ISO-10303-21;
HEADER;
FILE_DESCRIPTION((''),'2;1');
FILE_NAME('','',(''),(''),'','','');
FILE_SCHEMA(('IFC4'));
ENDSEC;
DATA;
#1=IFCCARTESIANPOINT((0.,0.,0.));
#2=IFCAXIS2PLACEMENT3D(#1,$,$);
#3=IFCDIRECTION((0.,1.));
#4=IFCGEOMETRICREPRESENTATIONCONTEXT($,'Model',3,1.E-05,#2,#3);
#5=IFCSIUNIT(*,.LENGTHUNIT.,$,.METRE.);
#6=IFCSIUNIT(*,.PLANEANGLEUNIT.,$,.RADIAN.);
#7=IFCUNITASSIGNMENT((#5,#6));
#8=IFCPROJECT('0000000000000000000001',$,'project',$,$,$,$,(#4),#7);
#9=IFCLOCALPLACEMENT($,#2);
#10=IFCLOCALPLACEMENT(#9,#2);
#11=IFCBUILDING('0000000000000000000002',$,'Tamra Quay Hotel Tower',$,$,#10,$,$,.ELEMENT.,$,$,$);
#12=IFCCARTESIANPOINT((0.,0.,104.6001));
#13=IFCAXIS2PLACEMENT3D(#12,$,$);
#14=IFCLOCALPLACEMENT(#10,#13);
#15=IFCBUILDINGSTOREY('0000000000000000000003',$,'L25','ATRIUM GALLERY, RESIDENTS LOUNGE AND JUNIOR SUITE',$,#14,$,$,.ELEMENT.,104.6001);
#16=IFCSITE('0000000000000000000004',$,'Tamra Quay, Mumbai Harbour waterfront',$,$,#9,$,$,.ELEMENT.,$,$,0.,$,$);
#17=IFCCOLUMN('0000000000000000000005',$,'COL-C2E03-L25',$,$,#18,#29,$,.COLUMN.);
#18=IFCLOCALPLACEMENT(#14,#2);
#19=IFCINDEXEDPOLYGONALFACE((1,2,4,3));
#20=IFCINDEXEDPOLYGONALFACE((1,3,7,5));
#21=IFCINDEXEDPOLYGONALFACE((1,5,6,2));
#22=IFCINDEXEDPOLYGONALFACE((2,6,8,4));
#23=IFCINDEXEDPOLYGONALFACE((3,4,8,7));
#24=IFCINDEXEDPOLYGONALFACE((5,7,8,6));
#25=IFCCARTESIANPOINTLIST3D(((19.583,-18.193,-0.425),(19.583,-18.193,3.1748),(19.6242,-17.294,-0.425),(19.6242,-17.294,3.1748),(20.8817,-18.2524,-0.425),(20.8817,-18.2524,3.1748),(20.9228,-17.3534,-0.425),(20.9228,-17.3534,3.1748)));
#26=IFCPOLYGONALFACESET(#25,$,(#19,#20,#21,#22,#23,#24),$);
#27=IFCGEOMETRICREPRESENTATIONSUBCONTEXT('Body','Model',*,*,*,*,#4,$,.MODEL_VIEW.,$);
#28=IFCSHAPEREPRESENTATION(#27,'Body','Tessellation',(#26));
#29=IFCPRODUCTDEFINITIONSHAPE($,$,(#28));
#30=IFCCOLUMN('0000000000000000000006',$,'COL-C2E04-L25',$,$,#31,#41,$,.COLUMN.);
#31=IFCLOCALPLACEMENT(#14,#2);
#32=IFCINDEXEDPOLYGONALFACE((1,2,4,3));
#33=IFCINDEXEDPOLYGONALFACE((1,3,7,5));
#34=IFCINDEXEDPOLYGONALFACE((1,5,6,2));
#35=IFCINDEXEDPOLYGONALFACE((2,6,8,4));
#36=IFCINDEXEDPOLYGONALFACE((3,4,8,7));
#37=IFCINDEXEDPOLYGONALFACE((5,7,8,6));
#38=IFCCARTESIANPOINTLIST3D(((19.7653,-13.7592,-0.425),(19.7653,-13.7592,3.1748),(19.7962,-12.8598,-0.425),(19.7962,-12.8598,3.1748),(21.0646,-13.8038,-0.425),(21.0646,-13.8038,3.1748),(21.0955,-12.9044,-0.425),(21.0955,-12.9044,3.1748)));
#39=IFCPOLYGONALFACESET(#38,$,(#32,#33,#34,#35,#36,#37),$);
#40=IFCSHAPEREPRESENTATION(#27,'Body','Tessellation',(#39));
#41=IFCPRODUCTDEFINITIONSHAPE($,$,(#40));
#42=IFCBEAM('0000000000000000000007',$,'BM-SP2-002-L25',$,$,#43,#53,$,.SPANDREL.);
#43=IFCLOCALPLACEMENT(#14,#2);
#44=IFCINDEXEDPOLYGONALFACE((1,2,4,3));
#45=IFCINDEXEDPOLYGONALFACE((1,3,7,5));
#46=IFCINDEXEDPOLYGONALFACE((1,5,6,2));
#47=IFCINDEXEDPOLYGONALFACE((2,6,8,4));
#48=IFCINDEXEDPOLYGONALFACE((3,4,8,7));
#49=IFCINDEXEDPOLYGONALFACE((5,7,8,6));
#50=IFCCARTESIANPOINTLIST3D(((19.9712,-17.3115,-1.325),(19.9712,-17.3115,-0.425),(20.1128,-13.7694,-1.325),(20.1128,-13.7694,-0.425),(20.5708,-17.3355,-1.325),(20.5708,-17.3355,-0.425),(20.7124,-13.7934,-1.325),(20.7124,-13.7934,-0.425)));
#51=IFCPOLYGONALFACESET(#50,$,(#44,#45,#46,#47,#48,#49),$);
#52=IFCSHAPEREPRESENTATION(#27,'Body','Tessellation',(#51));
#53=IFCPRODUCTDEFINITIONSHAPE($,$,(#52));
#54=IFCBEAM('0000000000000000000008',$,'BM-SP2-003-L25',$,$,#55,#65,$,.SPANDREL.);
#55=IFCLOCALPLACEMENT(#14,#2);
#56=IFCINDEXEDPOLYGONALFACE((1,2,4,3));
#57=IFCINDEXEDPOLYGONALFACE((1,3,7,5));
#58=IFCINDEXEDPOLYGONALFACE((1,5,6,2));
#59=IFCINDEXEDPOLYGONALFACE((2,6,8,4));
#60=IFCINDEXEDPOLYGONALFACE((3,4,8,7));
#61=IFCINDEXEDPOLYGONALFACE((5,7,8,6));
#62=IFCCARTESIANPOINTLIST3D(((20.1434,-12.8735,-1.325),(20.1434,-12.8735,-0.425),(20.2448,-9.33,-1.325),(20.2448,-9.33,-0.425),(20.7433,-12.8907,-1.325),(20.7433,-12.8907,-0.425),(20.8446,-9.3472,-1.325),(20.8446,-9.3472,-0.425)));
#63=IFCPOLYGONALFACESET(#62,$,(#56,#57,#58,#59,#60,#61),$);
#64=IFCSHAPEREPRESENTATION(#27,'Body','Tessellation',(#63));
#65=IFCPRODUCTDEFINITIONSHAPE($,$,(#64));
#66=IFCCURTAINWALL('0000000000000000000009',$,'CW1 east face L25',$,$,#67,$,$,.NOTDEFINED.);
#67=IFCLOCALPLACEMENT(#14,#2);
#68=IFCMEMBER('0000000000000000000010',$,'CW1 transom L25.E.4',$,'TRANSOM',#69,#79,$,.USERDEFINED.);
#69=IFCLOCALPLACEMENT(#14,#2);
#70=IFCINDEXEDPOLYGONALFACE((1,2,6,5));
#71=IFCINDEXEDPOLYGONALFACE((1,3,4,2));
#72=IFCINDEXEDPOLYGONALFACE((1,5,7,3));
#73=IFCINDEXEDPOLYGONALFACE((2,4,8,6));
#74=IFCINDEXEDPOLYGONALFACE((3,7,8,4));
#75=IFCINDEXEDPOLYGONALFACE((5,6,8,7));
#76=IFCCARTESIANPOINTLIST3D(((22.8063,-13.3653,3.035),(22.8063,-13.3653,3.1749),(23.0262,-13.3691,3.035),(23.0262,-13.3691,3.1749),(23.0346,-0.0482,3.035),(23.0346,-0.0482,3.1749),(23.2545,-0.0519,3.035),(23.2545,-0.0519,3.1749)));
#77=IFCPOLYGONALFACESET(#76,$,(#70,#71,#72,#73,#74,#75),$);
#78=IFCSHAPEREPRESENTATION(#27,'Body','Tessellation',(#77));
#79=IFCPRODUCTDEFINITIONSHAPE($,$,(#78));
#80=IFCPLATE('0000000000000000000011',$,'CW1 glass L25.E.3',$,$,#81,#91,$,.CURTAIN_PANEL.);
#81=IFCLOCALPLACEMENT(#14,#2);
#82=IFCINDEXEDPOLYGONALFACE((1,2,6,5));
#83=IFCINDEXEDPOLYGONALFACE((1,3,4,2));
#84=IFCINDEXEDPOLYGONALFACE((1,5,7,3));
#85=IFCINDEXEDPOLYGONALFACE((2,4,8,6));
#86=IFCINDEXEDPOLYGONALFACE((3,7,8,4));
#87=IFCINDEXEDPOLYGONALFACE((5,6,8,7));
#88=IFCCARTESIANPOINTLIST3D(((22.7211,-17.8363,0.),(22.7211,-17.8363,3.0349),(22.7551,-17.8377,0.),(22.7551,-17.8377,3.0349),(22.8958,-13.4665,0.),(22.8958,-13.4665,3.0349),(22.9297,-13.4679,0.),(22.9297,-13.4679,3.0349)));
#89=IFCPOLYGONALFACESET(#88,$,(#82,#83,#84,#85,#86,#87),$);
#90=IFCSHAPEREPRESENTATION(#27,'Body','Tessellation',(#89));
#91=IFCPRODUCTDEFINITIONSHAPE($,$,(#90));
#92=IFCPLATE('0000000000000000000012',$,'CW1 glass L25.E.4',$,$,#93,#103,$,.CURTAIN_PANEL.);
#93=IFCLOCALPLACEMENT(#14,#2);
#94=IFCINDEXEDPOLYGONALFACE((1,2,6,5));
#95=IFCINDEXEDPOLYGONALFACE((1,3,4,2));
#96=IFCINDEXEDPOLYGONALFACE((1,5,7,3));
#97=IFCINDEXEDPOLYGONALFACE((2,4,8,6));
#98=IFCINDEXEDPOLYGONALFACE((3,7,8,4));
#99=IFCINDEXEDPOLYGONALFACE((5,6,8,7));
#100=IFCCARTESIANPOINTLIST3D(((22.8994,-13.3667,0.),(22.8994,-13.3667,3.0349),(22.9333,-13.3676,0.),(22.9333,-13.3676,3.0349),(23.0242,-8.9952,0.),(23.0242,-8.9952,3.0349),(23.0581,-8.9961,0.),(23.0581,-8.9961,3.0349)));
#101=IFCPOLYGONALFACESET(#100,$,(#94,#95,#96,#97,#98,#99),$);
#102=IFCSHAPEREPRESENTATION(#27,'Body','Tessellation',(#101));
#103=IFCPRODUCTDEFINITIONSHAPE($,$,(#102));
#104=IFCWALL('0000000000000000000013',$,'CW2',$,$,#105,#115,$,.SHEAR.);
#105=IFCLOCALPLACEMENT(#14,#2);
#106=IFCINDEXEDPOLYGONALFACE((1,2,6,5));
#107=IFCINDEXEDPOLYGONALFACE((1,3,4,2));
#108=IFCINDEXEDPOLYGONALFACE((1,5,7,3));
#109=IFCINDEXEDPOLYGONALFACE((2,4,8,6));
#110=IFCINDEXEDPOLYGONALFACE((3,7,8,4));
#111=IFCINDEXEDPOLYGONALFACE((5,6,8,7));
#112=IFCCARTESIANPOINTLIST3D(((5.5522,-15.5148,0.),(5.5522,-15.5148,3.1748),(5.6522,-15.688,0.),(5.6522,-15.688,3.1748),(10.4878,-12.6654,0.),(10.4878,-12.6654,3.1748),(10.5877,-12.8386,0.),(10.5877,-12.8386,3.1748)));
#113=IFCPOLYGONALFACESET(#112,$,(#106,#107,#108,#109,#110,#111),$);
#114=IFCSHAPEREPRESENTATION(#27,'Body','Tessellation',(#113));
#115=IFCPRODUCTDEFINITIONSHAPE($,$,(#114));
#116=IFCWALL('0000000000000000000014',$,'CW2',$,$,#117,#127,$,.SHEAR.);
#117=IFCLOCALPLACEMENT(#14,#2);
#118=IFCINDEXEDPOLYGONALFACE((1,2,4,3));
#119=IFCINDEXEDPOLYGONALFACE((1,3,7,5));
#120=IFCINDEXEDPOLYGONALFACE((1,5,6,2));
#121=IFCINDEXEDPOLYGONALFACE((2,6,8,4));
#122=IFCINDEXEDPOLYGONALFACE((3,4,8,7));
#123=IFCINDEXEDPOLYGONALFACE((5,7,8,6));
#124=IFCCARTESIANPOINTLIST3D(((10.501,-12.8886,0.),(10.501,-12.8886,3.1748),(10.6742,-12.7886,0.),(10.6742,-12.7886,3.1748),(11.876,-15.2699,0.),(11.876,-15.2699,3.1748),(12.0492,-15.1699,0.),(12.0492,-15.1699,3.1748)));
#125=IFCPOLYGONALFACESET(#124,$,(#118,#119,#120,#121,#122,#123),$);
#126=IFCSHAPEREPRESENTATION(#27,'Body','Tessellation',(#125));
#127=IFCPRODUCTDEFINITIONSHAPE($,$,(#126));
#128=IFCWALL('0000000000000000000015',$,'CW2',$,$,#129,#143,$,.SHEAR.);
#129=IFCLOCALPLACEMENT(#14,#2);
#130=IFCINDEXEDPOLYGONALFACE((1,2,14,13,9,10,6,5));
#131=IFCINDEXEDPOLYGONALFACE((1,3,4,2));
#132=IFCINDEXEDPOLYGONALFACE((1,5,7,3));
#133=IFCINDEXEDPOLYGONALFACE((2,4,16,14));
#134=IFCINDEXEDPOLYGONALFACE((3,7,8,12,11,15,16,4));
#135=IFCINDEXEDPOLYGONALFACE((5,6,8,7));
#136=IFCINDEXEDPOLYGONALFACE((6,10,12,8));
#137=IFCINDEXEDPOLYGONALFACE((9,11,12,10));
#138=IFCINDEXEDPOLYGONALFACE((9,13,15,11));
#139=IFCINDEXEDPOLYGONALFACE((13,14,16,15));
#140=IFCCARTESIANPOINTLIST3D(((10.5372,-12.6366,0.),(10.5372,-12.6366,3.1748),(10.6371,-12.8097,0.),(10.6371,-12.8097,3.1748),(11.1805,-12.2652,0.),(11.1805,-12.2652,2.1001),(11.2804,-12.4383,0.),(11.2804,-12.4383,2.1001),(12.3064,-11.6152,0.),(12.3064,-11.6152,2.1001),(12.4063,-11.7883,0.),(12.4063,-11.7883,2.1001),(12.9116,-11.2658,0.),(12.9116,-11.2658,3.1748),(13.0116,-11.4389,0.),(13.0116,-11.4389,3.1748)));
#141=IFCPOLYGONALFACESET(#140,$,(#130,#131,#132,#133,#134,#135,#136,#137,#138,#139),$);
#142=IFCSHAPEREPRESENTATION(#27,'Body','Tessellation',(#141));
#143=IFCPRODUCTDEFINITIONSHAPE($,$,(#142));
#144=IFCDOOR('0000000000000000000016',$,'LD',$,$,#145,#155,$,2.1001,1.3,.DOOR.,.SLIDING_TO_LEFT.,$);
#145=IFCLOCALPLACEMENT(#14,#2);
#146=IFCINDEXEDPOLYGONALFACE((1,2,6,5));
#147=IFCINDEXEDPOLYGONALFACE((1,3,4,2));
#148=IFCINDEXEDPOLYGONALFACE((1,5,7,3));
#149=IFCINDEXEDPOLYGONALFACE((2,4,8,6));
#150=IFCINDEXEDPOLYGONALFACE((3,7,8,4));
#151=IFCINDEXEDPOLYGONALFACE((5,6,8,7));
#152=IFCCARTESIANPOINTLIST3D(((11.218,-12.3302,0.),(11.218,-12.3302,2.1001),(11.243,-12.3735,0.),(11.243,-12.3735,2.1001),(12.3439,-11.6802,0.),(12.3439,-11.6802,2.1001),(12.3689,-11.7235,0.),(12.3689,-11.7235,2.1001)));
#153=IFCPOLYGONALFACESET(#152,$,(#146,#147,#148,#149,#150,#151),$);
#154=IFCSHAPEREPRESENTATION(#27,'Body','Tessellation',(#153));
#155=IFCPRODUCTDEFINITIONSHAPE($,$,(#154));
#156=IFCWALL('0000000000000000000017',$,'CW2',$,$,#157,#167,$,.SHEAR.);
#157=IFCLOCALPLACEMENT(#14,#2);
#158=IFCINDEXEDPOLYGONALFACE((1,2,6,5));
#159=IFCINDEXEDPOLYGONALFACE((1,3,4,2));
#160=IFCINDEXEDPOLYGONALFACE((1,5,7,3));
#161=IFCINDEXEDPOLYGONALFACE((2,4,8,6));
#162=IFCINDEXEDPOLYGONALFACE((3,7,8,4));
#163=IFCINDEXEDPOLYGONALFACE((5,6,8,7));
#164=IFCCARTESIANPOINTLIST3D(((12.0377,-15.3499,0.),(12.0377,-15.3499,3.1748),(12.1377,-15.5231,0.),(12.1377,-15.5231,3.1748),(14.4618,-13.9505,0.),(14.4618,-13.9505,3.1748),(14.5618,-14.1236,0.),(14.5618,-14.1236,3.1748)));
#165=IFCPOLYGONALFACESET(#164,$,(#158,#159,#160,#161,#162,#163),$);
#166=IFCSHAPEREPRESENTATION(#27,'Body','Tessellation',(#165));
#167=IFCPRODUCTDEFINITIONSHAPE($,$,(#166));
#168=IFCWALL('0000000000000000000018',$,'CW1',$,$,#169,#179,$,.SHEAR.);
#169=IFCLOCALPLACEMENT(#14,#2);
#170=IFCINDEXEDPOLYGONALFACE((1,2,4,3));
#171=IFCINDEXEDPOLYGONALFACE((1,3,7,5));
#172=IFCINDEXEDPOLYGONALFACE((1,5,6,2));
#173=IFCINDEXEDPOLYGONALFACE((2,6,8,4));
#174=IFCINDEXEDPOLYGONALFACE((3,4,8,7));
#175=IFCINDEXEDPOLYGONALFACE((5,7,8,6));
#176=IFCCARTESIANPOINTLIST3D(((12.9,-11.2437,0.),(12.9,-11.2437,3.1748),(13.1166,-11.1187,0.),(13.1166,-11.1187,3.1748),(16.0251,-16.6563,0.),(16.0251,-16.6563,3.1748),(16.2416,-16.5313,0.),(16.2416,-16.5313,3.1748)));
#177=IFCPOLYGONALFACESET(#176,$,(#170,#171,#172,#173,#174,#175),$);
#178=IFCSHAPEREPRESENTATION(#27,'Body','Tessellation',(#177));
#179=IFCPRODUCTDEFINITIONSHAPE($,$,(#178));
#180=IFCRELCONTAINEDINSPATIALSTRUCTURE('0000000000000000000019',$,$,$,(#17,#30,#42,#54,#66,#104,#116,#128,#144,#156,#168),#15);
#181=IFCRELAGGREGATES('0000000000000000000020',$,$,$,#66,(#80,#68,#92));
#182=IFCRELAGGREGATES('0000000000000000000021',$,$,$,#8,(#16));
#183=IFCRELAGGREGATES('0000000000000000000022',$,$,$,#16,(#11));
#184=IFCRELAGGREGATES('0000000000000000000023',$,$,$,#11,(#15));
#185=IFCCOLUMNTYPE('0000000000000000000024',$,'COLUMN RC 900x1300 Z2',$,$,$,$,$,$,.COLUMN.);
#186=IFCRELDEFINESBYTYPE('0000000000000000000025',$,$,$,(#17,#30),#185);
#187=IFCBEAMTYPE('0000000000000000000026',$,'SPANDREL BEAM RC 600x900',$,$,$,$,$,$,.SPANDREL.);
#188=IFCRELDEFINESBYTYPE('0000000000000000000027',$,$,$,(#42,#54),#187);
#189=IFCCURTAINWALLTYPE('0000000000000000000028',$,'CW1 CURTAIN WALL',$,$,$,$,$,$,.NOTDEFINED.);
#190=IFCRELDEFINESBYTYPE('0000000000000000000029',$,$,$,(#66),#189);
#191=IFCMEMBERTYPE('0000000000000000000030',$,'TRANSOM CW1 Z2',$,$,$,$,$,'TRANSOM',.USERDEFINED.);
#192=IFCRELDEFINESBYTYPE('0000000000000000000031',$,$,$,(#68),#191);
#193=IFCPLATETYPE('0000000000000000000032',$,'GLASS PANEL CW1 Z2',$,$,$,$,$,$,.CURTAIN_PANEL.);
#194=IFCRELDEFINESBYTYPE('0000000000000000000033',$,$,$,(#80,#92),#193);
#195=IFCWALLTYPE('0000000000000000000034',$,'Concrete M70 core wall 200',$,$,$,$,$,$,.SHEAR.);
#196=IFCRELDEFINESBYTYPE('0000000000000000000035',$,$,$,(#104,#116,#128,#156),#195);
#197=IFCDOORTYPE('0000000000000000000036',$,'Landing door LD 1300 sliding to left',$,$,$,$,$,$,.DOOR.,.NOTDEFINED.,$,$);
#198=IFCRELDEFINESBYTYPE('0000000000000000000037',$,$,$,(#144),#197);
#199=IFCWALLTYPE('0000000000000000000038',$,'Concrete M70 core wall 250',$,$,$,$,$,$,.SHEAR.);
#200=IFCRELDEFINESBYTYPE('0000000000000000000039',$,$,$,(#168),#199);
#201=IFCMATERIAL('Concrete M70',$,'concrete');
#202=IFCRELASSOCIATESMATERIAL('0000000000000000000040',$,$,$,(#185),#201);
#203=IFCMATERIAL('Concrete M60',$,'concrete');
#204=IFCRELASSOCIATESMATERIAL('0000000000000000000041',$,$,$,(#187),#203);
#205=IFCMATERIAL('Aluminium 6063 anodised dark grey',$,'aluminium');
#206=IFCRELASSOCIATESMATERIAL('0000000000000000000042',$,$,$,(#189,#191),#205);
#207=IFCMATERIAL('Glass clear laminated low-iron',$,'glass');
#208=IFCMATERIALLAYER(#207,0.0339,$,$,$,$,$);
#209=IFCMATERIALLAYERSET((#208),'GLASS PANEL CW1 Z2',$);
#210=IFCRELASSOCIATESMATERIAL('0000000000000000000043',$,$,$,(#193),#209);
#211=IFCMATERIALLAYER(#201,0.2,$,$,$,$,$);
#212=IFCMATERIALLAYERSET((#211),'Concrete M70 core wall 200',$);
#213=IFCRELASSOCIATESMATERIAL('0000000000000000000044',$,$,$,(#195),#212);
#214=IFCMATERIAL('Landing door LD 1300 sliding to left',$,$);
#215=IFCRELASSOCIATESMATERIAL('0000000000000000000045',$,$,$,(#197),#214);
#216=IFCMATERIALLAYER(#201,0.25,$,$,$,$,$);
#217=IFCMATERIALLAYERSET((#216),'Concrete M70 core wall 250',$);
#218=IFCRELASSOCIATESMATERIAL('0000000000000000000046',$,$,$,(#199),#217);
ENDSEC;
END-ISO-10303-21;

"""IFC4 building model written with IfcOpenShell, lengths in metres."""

from ifc_helpers import new_model, si_unit, direction, frame, frame_2d, origin, origin_2d, place, context, subcontext, project, spatial, rectangle, extrude, material, layer, layer_set, material_profile, profile_set, type_object, element, fill, aggregate, save


model = new_model("IFC4")

# Units and contexts
model_context = context("Model", 3, precision=1e-05, world=origin(), true_north=direction((0.0, 1.0)))
body_context = subcontext(model_context, "Body", "Model", "MODEL_VIEW")
ifc_project = project(units=[si_unit("LENGTHUNIT", "METRE"), si_unit("PLANEANGLEUNIT", "RADIAN")], contexts=[model_context])

# Site, building, storey
site_placement = place(None, origin())
site = spatial("IfcSite", under=ifc_project, at=site_placement, Name="Tamra Quay, Mumbai Harbour waterfront", CompositionType="ELEMENT", RefElevation=0.0)
building_placement = place(site_placement, origin())
building = spatial("IfcBuilding", under=site, at=building_placement, Name="Tamra Quay Hotel Tower", CompositionType="ELEMENT")
storey_placement = place(building_placement, frame((0.0, 0.0, 104.6001)))
storey = spatial("IfcBuildingStorey", under=building, at=storey_placement, Name="L25", Description="ATRIUM GALLERY, RESIDENTS LOUNGE AND JUNIOR SUITE", CompositionType="ELEMENT", Elevation=104.6001)

# Columns
ifc_material_1 = material(Name="Concrete M70", Category="concrete")
ifc_material_profile_1 = material_profile(ifc_material_1, rectangle(XDim=1.3, YDim=0.8999, at=origin_2d()), Name="COLUMN RC 900x1300 Z2")
ifc_profile_set_1 = profile_set([ifc_material_profile_1], Name="Concrete M70")
column_type = type_object("IfcColumnType", Name="COLUMN RC 900x1300 Z2", PredefinedType="COLUMN", material=ifc_profile_set_1)
for number, where, z_axis, x_axis, name in (
    (1, (20.2529, -17.7732, -0.425), (0.0, 0.0, 1.0), (-0.998955, 0.045712, 0.0), "COL-C2E03-L25"),
    (2, (20.4304, -13.3318, -0.425), (0.0, 0.0, 1.0), (-0.999412, 0.034299, 0.0), "COL-C2E04-L25"),
):
    element("IfcColumn", number, at=place(storey_placement, frame(where, z_axis=z_axis, x_axis=x_axis)), inside=storey, type_object=column_type, Name=name, PredefinedType="COLUMN", context=body_context, shape_type="SweptSolid", body=[
        extrude(rectangle(XDim=1.3, YDim=0.8999, at=origin_2d()), origin(), (0.0, 0.0, 1.0), 3.5999),
    ])

# Beams
ifc_material_2 = material(Name="Concrete M60", Category="concrete")
ifc_material_profile_2 = material_profile(ifc_material_2, rectangle(XDim=0.6001, YDim=0.8999, at=origin_2d()), Name="SPANDREL BEAM RC 600x900")
ifc_profile_set_2 = profile_set([ifc_material_profile_2], Name="Concrete M60")
beam_type = type_object("IfcBeamType", Name="SPANDREL BEAM RC 600x900", PredefinedType="SPANDREL", material=ifc_profile_set_2)
for number, where, z_axis, x_axis, name in (
    (3, (20.271, -17.3235, -0.875), (0.039946, 0.999202, 0.0), (-0.999202, 0.039946, 0.0), "BM-SP2-002-L25"),
    (4, (20.4434, -12.8821, -0.875), (0.028581, 0.999591, 0.0), (-0.999591, 0.028581, 0.0), "BM-SP2-003-L25"),
):
    element("IfcBeam", number, at=place(storey_placement, frame(where, z_axis=z_axis, x_axis=x_axis)), inside=storey, type_object=beam_type, Name=name, PredefinedType="SPANDREL", context=body_context, shape_type="SweptSolid", body=[
        extrude(rectangle(XDim=0.6001, YDim=0.8999, at=origin_2d()), origin(), (0.0, 0.0, 1.0), 3.5449),
    ])

# Curtain wall, member, plates
ifc_material_3 = material(Name="Aluminium 6063 anodised dark grey", Category="aluminium")
curtain_wall_type = type_object("IfcCurtainWallType", Name="CW1 CURTAIN WALL", PredefinedType="NOTDEFINED", material=ifc_material_3)
curtain_wall_placement = place(storey_placement, origin())
curtain_wall = element("IfcCurtainWall", 5, at=curtain_wall_placement, inside=storey, type_object=curtain_wall_type, Name="CW1 east face L25", PredefinedType="NOTDEFINED")
ifc_material_profile_3 = material_profile(ifc_material_3, rectangle(XDim=0.22, YDim=0.1399, at=origin_2d()), Name="TRANSOM 220X140")
ifc_profile_set_3 = profile_set([ifc_material_profile_3], Name="Aluminium 6063 anodised dark grey")
member_type = type_object("IfcMemberType", Name="TRANSOM CW1 Z2", ElementType="TRANSOM", PredefinedType="USERDEFINED", material=ifc_profile_set_3)
member_placement = place(storey_placement, frame((22.9163, -13.3672, 3.105), z_axis=(0.017139, 0.999853, 0.0), x_axis=(-0.999853, 0.017139, 0.0)))
member = element("IfcMember", 6, at=member_placement, type_object=member_type, Name="CW1 transom L25.E.4", ObjectType="TRANSOM", PredefinedType="USERDEFINED", context=body_context, shape_type="SweptSolid", body=[
    extrude(rectangle(XDim=0.22, YDim=0.1399, at=origin_2d()), origin(), (0.0, 0.0, 1.0), 13.3191),
])
ifc_material_4 = material(Name="Glass clear laminated low-iron", Category="glass")
ifc_layer_1 = layer(ifc_material_4, 0.0339)
ifc_layer_set_1 = layer_set([ifc_layer_1], Name="GLASS PANEL CW1 Z2")
plate_type = type_object("IfcPlateType", Name="GLASS PANEL CW1 Z2", PredefinedType="CURTAIN_PANEL", material=ifc_layer_set_1)
plate_1_placement = place(storey_placement, frame((22.8254, -15.6521, 0.0), z_axis=(0.0, 0.0, 1.0), x_axis=(0.039944, 0.999202, 0.0)))
plate_1 = element("IfcPlate", 7, at=plate_1_placement, type_object=plate_type, Name="CW1 glass L25.E.3", PredefinedType="CURTAIN_PANEL", context=body_context, shape_type="SweptSolid", body=[
    extrude(rectangle(XDim=4.3733, YDim=0.0339, at=origin_2d()), origin(), (0.0, 0.0, 1.0), 3.0349),
])
plate_2_placement = place(storey_placement, frame((22.9788, -11.1814, 0.0), z_axis=(0.0, 0.0, 1.0), x_axis=(0.028546, 0.999592, 0.0)))
plate_2 = element("IfcPlate", 8, at=plate_2_placement, type_object=plate_type, Name="CW1 glass L25.E.4", PredefinedType="CURTAIN_PANEL", context=body_context, shape_type="SweptSolid", body=[
    extrude(rectangle(XDim=4.3733, YDim=0.0339, at=origin_2d()), origin(), (0.0, 0.0, 1.0), 3.0349),
])
aggregate(curtain_wall, [plate_1, member, plate_2])

# Walls
ifc_layer_2 = layer(ifc_material_1, 0.2)
ifc_layer_set_2 = layer_set([ifc_layer_2], Name="Concrete M70 core wall 200")
wall_type_1 = type_object("IfcWallType", Name="Concrete M70 core wall 200", PredefinedType="SHEAR", material=ifc_layer_set_2)
wall_1_placement = place(storey_placement, frame((10.5378, -12.752, 0.0), z_axis=(0.0, 0.0, 1.0), x_axis=(-0.866039, -0.499977, 0.0)))
element("IfcWall", 9, at=wall_1_placement, inside=storey, type_object=wall_type_1, Name="CW2", PredefinedType="SHEAR", context=body_context, shape_type="SweptSolid", body=[
    extrude(rectangle(XDim=5.699, YDim=0.2, at=frame_2d((2.8496, 0.0))), origin(), (0.0, 0.0, 1.0), 3.1748),
])
wall_2_placement = place(storey_placement, frame((11.9626, -15.22, 0.0), z_axis=(0.0, 0.0, 1.0), x_axis=(-0.500035, 0.866005, 0.0)))
element("IfcWall", 10, at=wall_2_placement, inside=storey, type_object=wall_type_1, Name="CW2", PredefinedType="SHEAR", context=body_context, shape_type="SweptSolid", body=[
    extrude(rectangle(XDim=2.7498, YDim=0.2, at=frame_2d((1.375, 0.0))), origin(), (0.0, 0.0, 1.0), 3.1748),
])

# Wall, opening, door
wall_3_placement = place(storey_placement, frame((10.5872, -12.7231, 0.0), z_axis=(0.0, 0.0, 1.0), x_axis=(0.866037, 0.499979, 0.0)))
wall_3 = element("IfcWall", 11, at=wall_3_placement, inside=storey, type_object=wall_type_1, Name="CW2", PredefinedType="SHEAR", context=body_context, shape_type="SweptSolid", body=[
    extrude(rectangle(XDim=2.7417, YDim=0.2, at=frame_2d((1.3708, 0.0))), origin(), (0.0, 0.0, 1.0), 3.1748),
])
opening_placement = place(wall_3_placement, frame((0.7429, 0.0, 0.0)))
opening = element("IfcOpeningElement", 12, at=opening_placement, cuts=wall_3, PredefinedType="OPENING", context=body_context, shape_type="SweptSolid", body=[
    extrude(rectangle(XDim=1.3, YDim=2.1001, at=frame_2d((0.6499, 1.05))), frame((0.0, 0.1099, 0.0), z_axis=(0.0, -1.0, 0.0), x_axis=(1.0, 0.0, 0.0)), (0.0, 0.0, 1.0), 0.22),
])
ifc_material_5 = material(Name="Landing door LD 1300 sliding to left")
door_type = type_object("IfcDoorType", Name="Landing door LD 1300 sliding to left", OperationType="NOTDEFINED", PredefinedType="DOOR", material=ifc_material_5)
door_placement = place(opening_placement, origin())
door = element("IfcDoor", 13, at=door_placement, inside=storey, type_object=door_type, Name="LD", OperationType="SLIDING_TO_LEFT", OverallHeight=2.1001, OverallWidth=1.3, PredefinedType="DOOR", context=body_context, shape_type="SweptSolid", body=[
    extrude(rectangle(XDim=1.3, YDim=2.1001, at=frame_2d((0.6499, 1.05))), frame((0.0, 0.0249, 0.0), z_axis=(0.0, -1.0, 0.0), x_axis=(1.0, 0.0, 0.0)), (0.0, 0.0, 1.0), 0.05),
])
fill(opening, door)

# Walls
wall_4_placement = place(storey_placement, frame((14.5117, -14.0371, 0.0), z_axis=(0.0, 0.0, 1.0), x_axis=(-0.866045, -0.499967, 0.0)))
element("IfcWall", 14, at=wall_4_placement, inside=storey, type_object=wall_type_1, Name="CW2", PredefinedType="SHEAR", context=body_context, shape_type="SweptSolid", body=[
    extrude(rectangle(XDim=2.7991, YDim=0.2, at=frame_2d((1.3994, 0.0))), origin(), (0.0, 0.0, 1.0), 3.1748),
])
ifc_layer_3 = layer(ifc_material_1, 0.25)
ifc_layer_set_3 = layer_set([ifc_layer_3], Name="Concrete M70 core wall 250")
wall_type_2 = type_object("IfcWallType", Name="Concrete M70 core wall 250", PredefinedType="SHEAR", material=ifc_layer_set_3)
wall_5_placement = place(storey_placement, frame((13.0083, -11.1812, 0.0), z_axis=(0.0, 0.0, 1.0), x_axis=(0.500004, -0.866023, 0.0)))
element("IfcWall", 15, at=wall_5_placement, inside=storey, type_object=wall_type_2, Name="CW1", PredefinedType="SHEAR", context=body_context, shape_type="SweptSolid", body=[
    extrude(rectangle(XDim=6.25, YDim=0.25, at=frame_2d((3.125, 0.0))), origin(), (0.0, 0.0, 1.0), 3.1748),
])

save(model, "model.ifc")
